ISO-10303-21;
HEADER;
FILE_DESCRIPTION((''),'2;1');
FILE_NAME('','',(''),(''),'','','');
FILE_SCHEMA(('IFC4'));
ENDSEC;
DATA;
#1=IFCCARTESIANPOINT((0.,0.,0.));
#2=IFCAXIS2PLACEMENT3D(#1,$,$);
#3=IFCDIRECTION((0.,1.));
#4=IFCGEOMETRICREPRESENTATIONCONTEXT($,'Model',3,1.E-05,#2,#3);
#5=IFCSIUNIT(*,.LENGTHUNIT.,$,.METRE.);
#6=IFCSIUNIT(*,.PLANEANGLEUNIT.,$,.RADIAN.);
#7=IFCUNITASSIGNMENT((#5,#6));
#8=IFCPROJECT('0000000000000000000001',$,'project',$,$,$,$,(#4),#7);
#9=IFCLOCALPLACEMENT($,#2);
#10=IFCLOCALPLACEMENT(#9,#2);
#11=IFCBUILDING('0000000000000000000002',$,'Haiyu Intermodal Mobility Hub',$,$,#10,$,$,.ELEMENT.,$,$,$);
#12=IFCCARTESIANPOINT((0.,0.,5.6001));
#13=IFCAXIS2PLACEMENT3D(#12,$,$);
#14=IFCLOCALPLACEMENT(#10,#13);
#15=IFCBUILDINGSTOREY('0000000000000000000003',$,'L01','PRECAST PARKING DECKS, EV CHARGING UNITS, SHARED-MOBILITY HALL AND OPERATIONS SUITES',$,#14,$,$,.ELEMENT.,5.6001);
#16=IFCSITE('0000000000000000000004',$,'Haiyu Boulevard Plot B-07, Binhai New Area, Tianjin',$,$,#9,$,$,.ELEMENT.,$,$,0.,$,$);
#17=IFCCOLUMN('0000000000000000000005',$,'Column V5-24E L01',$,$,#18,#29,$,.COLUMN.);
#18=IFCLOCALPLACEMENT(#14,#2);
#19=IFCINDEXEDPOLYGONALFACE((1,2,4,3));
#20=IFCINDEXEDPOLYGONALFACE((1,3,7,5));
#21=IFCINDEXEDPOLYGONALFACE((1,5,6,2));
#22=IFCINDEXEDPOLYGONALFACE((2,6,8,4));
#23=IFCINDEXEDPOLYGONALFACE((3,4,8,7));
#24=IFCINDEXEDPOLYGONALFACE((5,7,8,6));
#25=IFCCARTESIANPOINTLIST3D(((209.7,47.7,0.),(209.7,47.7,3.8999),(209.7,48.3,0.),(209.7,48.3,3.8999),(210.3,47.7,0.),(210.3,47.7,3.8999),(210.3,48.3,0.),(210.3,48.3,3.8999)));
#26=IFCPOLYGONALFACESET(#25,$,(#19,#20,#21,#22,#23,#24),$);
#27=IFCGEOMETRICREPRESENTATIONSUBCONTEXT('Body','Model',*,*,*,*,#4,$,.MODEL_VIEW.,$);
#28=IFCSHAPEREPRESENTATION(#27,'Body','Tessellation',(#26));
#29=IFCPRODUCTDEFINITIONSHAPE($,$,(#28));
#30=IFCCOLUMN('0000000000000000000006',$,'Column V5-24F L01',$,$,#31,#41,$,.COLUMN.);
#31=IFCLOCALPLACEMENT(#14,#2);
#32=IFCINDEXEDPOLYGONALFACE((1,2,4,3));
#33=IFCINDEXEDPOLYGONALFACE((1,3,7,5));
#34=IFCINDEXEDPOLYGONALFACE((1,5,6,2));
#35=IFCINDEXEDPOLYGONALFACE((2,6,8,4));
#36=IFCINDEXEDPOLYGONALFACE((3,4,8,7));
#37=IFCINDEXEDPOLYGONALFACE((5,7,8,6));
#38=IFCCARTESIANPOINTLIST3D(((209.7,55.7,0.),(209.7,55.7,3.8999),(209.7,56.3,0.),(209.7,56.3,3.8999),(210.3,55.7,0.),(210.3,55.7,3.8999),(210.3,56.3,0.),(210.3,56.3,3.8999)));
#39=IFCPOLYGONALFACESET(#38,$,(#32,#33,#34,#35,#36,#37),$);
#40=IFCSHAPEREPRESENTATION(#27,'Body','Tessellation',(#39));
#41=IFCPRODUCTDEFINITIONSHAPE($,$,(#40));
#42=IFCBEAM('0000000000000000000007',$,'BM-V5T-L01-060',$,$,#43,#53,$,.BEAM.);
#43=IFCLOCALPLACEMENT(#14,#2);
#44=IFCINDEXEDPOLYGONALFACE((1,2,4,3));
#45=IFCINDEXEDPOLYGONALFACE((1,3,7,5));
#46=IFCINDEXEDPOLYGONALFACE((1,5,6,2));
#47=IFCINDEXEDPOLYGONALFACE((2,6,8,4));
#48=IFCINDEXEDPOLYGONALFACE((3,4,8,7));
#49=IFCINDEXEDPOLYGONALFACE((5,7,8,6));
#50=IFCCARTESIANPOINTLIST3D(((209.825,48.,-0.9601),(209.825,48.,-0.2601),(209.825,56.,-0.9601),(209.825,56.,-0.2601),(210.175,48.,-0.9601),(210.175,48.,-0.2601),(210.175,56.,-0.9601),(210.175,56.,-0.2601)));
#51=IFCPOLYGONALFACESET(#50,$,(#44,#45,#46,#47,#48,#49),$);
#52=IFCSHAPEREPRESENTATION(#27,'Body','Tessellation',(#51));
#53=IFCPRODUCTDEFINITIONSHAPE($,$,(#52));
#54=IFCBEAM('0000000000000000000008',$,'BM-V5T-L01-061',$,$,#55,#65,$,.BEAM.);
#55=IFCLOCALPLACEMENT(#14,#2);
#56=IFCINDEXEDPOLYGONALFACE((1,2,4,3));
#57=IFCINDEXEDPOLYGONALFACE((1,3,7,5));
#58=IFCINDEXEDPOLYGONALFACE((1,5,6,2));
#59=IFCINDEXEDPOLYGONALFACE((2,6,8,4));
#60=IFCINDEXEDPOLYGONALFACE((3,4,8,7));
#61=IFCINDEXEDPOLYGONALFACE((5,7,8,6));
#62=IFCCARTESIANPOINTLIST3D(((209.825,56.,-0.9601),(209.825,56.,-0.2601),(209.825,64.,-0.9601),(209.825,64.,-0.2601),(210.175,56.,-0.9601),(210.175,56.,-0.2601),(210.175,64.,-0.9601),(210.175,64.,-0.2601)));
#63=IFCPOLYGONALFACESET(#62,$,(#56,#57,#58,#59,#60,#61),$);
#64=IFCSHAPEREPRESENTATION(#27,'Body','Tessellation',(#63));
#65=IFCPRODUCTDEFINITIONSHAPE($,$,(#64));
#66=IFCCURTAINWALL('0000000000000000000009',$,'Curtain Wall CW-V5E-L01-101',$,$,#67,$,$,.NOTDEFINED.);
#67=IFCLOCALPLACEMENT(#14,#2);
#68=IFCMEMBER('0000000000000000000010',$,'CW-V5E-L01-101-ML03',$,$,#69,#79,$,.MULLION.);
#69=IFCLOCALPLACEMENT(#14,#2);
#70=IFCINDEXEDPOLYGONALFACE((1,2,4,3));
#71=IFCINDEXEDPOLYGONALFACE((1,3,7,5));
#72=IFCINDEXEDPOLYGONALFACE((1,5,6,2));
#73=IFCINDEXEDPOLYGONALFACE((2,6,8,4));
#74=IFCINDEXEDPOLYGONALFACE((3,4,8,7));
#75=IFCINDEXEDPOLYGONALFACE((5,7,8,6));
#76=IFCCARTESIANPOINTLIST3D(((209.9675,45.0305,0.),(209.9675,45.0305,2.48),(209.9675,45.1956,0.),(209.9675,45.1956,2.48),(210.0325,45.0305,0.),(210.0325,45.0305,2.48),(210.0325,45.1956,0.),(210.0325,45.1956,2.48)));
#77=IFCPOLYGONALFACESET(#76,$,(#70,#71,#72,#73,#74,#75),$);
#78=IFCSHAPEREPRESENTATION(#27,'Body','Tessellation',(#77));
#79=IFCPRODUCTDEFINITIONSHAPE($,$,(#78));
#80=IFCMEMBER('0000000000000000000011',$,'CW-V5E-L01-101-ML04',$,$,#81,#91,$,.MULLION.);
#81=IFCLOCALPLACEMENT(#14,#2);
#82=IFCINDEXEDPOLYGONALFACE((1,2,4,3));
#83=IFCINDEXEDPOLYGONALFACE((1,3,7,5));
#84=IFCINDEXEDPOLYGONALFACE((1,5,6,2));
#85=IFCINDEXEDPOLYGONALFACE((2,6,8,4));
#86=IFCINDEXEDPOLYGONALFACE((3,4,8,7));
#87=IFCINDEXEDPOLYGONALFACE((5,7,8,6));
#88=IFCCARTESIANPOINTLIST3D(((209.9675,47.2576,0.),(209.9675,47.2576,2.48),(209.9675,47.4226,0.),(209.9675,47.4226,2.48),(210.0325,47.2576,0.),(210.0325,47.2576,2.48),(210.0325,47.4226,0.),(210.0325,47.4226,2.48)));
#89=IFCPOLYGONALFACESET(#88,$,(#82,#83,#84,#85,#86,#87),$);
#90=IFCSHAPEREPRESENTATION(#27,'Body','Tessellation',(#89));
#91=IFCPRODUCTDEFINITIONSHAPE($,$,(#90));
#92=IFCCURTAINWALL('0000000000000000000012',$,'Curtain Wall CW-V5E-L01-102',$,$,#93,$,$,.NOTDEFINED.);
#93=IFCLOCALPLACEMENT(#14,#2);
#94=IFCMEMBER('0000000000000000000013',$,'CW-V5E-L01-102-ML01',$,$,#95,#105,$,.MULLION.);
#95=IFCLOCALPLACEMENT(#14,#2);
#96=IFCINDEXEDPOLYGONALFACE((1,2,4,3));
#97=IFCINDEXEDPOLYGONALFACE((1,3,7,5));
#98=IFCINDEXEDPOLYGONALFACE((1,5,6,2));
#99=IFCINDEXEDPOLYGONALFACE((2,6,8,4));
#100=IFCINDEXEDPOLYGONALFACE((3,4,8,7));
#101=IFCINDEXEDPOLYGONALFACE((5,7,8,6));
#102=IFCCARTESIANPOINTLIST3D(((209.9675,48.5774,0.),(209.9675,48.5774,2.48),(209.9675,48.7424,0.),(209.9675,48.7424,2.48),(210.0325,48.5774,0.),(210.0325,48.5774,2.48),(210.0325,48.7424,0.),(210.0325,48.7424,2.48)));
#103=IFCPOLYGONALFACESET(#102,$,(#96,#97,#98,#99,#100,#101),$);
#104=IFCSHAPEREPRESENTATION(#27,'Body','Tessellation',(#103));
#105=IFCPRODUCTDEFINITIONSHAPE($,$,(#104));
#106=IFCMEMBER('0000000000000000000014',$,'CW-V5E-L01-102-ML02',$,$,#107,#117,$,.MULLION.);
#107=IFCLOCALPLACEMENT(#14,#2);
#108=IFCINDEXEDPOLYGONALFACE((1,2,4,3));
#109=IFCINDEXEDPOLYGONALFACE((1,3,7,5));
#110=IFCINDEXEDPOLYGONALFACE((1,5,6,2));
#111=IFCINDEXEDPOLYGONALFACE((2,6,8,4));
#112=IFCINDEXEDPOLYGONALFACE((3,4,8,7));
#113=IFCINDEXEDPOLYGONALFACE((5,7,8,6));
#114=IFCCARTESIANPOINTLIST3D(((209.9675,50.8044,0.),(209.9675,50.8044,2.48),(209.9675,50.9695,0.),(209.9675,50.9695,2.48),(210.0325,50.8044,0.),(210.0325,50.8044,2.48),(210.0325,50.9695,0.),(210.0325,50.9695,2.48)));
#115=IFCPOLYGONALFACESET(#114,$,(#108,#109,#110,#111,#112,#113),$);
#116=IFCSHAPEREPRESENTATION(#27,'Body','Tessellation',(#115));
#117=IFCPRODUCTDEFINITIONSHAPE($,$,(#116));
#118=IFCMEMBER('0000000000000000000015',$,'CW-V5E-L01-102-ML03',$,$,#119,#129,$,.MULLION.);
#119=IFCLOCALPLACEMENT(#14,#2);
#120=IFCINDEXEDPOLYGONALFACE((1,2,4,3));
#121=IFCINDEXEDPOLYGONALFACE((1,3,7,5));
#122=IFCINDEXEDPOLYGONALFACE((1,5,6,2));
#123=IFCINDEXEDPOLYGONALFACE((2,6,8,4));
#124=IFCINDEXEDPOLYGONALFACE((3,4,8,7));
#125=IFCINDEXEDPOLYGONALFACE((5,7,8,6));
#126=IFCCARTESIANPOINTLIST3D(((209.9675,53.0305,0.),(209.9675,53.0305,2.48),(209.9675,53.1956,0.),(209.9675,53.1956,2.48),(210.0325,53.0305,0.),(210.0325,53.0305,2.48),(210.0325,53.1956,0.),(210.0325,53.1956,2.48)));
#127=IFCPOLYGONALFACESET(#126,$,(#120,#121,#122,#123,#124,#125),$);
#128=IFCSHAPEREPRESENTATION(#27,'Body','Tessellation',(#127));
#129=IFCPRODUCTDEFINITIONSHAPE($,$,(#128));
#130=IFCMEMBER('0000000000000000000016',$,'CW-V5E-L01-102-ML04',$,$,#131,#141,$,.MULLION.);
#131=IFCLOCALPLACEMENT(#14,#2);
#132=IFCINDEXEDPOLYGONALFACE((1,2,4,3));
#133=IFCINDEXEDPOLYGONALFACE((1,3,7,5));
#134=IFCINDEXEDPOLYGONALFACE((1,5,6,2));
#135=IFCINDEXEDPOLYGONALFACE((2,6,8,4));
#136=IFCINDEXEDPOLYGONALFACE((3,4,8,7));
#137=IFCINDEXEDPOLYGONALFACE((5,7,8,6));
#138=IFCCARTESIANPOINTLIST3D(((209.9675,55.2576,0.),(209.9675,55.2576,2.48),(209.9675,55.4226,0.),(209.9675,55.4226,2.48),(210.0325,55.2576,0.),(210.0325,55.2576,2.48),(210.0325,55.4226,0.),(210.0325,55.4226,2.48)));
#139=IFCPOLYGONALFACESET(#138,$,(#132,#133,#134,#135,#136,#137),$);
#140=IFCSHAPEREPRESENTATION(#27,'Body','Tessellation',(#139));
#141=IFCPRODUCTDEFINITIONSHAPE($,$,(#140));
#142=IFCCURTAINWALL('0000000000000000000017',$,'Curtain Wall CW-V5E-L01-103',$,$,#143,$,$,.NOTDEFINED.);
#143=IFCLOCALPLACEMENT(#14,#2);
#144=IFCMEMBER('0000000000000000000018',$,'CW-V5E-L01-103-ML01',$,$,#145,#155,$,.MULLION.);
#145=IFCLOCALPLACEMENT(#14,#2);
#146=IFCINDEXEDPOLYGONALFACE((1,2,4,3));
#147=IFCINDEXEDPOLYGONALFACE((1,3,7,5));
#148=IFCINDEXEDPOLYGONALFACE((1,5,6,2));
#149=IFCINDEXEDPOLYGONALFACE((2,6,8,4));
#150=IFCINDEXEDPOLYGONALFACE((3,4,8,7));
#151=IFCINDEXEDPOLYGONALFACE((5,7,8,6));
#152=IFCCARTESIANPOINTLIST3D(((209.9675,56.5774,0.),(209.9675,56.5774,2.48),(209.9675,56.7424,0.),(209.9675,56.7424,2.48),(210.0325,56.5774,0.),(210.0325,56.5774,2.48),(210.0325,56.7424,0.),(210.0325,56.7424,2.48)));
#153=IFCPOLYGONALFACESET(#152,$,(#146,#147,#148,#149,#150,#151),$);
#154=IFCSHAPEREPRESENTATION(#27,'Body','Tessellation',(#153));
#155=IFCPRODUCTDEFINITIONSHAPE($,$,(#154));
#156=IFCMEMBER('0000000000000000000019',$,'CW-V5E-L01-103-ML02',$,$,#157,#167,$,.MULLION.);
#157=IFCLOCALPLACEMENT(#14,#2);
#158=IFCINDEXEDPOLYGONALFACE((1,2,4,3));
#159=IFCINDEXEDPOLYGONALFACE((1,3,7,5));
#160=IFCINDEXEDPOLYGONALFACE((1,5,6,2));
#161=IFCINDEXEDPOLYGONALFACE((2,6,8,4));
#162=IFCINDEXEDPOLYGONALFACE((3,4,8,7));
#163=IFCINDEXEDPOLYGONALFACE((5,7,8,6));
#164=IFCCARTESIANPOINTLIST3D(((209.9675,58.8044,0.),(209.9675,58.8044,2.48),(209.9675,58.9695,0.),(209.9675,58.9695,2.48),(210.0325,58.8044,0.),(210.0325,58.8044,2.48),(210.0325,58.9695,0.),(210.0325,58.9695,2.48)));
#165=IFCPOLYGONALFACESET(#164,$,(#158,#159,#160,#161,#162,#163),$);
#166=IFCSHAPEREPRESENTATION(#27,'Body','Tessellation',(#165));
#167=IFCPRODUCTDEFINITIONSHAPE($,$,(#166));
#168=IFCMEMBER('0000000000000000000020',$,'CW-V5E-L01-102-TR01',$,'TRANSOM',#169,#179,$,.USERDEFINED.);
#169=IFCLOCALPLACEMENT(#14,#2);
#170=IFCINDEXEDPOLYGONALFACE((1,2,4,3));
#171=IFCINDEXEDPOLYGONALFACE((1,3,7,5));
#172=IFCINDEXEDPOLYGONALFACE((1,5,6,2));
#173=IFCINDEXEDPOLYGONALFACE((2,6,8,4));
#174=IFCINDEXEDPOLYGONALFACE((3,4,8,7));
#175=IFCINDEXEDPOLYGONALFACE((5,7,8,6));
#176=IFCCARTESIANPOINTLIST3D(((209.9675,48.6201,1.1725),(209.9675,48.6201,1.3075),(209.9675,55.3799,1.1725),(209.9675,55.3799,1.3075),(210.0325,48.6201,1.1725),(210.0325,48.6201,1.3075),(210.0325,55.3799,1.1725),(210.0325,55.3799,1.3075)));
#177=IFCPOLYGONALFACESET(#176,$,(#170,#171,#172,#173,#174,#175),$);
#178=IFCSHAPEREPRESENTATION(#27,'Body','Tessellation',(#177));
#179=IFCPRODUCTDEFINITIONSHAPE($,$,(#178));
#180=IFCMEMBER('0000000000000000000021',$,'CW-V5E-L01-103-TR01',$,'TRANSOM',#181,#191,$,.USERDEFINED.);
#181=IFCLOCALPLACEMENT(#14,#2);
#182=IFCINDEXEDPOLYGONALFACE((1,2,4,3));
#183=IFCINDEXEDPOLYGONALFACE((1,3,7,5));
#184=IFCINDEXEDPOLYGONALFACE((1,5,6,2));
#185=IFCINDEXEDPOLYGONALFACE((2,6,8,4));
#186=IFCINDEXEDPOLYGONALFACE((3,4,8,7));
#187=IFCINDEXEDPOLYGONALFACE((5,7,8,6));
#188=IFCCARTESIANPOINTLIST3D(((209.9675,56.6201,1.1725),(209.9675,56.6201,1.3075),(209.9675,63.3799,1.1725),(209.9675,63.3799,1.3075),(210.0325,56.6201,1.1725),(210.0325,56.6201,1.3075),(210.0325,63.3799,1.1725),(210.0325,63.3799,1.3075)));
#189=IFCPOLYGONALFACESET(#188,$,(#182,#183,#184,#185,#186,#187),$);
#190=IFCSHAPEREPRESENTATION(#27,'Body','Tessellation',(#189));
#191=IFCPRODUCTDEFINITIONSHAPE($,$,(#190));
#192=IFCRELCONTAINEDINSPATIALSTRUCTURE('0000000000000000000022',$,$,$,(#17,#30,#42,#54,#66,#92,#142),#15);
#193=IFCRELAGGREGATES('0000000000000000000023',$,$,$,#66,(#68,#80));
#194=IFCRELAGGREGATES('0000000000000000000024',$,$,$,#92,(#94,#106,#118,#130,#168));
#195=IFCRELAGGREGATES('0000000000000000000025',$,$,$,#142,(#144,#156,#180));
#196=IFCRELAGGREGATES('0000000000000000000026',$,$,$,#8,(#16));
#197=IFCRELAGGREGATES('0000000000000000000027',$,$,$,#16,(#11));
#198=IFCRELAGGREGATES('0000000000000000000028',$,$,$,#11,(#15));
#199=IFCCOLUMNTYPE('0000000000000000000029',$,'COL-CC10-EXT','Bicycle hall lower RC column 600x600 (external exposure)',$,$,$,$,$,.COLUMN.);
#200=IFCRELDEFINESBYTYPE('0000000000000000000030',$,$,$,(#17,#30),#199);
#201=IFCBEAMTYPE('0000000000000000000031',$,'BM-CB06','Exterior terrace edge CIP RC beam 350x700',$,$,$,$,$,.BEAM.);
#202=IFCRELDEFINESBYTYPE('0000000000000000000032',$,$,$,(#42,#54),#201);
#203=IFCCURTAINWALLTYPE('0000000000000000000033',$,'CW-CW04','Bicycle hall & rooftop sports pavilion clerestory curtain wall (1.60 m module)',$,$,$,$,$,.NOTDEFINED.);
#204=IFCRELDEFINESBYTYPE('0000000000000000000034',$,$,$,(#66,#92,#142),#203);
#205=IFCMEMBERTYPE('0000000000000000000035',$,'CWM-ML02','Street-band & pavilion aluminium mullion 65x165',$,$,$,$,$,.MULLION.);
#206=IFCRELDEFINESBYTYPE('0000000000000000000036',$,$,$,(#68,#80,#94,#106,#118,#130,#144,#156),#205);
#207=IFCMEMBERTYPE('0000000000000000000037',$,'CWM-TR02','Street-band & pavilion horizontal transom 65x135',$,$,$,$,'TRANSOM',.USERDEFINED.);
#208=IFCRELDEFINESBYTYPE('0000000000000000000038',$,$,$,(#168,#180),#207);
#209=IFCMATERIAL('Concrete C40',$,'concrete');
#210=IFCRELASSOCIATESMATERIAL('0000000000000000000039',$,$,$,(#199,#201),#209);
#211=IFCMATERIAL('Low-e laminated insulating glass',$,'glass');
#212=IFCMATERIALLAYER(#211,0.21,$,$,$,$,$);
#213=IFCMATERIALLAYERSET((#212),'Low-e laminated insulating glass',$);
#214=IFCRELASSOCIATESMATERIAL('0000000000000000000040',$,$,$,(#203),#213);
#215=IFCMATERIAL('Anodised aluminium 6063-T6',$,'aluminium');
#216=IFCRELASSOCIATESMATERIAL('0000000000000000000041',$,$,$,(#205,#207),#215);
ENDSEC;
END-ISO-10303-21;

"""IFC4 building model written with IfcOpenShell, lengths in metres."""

from ifc_helpers import new_model, si_unit, direction, frame, origin, origin_2d, place, context, subcontext, project, spatial, rectangle, extrude, material, layer, layer_set, material_profile, profile_set, type_object, element, aggregate, save


model = new_model("IFC4")

# Units and contexts
model_context = context("Model", 3, precision=1e-05, world=origin(), true_north=direction((0.0, 1.0)))
body_context = subcontext(model_context, "Body", "Model", "MODEL_VIEW")
ifc_project = project(units=[si_unit("LENGTHUNIT", "METRE"), si_unit("PLANEANGLEUNIT", "RADIAN")], contexts=[model_context])

# Site, building, storey
site_placement = place(None, origin())
site = spatial("IfcSite", under=ifc_project, at=site_placement, Name="Haiyu Boulevard Plot B-07, Binhai New Area, Tianjin", CompositionType="ELEMENT", RefElevation=0.0)
building_placement = place(site_placement, origin())
building = spatial("IfcBuilding", under=site, at=building_placement, Name="Haiyu Intermodal Mobility Hub", CompositionType="ELEMENT")
storey_placement = place(building_placement, frame((0.0, 0.0, 5.6001)))
storey = spatial("IfcBuildingStorey", under=building, at=storey_placement, Name="L01", Description="PRECAST PARKING DECKS, EV CHARGING UNITS, SHARED-MOBILITY HALL AND OPERATIONS SUITES", CompositionType="ELEMENT", Elevation=5.6001)

# Columns
ifc_material_1 = material(Name="Concrete C40", Category="concrete")
ifc_material_profile_1 = material_profile(ifc_material_1, rectangle(XDim=0.6001, YDim=0.6001, at=origin_2d()), Name="RC600x600")
ifc_profile_set_1 = profile_set([ifc_material_profile_1], Name="Concrete C40")
column_type = type_object("IfcColumnType", Name="COL-CC10-EXT", Description="Bicycle hall lower RC column 600x600 (external exposure)", PredefinedType="COLUMN", material=ifc_profile_set_1)
for number, where, z_axis, x_axis, name in (
    (1, (210.0, 48.0, 0.0), (0.0, 0.0, 1.0), (1.0, 0.0, 0.0), "Column V5-24E L01"),
    (2, (210.0, 56.0, 0.0), (0.0, 0.0, 1.0), (1.0, 0.0, 0.0), "Column V5-24F L01"),
):
    element("IfcColumn", number, at=place(storey_placement, frame(where, z_axis=z_axis, x_axis=x_axis)), inside=storey, type_object=column_type, Name=name, PredefinedType="COLUMN", context=body_context, shape_type="SweptSolid", body=[
        extrude(rectangle(XDim=0.6001, YDim=0.6001, at=origin_2d()), origin(), (0.0, 0.0, 1.0), 3.8999),
    ])

# Beams
ifc_material_profile_2 = material_profile(ifc_material_1, rectangle(XDim=0.3501, YDim=0.7, at=origin_2d()), Name="RCB350x700")
ifc_profile_set_2 = profile_set([ifc_material_profile_2], Name="Concrete C40")
beam_type = type_object("IfcBeamType", Name="BM-CB06", Description="Exterior terrace edge CIP RC beam 350x700", PredefinedType="BEAM", material=ifc_profile_set_2)
for number, where, z_axis, x_axis, name in (
    (3, (210.0, 48.0, -0.6101), (0.0, 1.0, 0.0), (-1.0, 0.0, 0.0), "BM-V5T-L01-060"),
    (4, (210.0, 56.0, -0.6101), (0.0, 1.0, 0.0), (-1.0, 0.0, 0.0), "BM-V5T-L01-061"),
):
    element("IfcBeam", number, at=place(storey_placement, frame(where, z_axis=z_axis, x_axis=x_axis)), inside=storey, type_object=beam_type, Name=name, PredefinedType="BEAM", context=body_context, shape_type="SweptSolid", body=[
        extrude(rectangle(XDim=0.3501, YDim=0.7, at=origin_2d()), origin(), (0.0, 0.0, 1.0), 8.0),
    ])

# Curtain walls, members
ifc_material_2 = material(Name="Low-e laminated insulating glass", Category="glass")
ifc_layer_1 = layer(ifc_material_2, 0.21)
ifc_layer_set_1 = layer_set([ifc_layer_1], Name="Low-e laminated insulating glass")
curtain_wall_type = type_object("IfcCurtainWallType", Name="CW-CW04", Description="Bicycle hall & rooftop sports pavilion clerestory curtain wall (1.60 m module)", PredefinedType="NOTDEFINED", material=ifc_layer_set_1)
curtain_wall_1_placement = place(storey_placement, origin())
curtain_wall_1 = element("IfcCurtainWall", 5, at=curtain_wall_1_placement, inside=storey, type_object=curtain_wall_type, Name="Curtain Wall CW-V5E-L01-101", PredefinedType="NOTDEFINED")
ifc_material_3 = material(Name="Anodised aluminium 6063-T6", Category="aluminium")
ifc_material_profile_3 = material_profile(ifc_material_3, rectangle(XDim=0.0649, YDim=0.165, at=origin_2d()), Name="ALU65x165")
ifc_profile_set_3 = profile_set([ifc_material_profile_3], Name="Anodised aluminium 6063-T6")
member_type_1 = type_object("IfcMemberType", Name="CWM-ML02", Description="Street-band & pavilion aluminium mullion 65x165", PredefinedType="MULLION", material=ifc_profile_set_3)
member_1_placement = place(storey_placement, frame((210.0, 45.113, 0.0), z_axis=(0.0, 0.0, 1.0), x_axis=(1.0, 0.0, 0.0)))
member_1 = element("IfcMember", 6, at=member_1_placement, type_object=member_type_1, Name="CW-V5E-L01-101-ML03", PredefinedType="MULLION", context=body_context, shape_type="SweptSolid", body=[
    extrude(rectangle(XDim=0.0649, YDim=0.165, at=origin_2d()), origin(), (0.0, 0.0, 1.0), 2.48),
])
member_2_placement = place(storey_placement, frame((210.0, 47.3401, 0.0), z_axis=(0.0, 0.0, 1.0), x_axis=(1.0, 0.0, 0.0)))
member_2 = element("IfcMember", 7, at=member_2_placement, type_object=member_type_1, Name="CW-V5E-L01-101-ML04", PredefinedType="MULLION", context=body_context, shape_type="SweptSolid", body=[
    extrude(rectangle(XDim=0.0649, YDim=0.165, at=origin_2d()), origin(), (0.0, 0.0, 1.0), 2.48),
])
curtain_wall_2_placement = place(storey_placement, origin())
curtain_wall_2 = element("IfcCurtainWall", 8, at=curtain_wall_2_placement, inside=storey, type_object=curtain_wall_type, Name="Curtain Wall CW-V5E-L01-102", PredefinedType="NOTDEFINED")
member_3_placement = place(storey_placement, frame((210.0, 48.6599, 0.0), z_axis=(0.0, 0.0, 1.0), x_axis=(1.0, 0.0, 0.0)))
member_3 = element("IfcMember", 9, at=member_3_placement, type_object=member_type_1, Name="CW-V5E-L01-102-ML01", PredefinedType="MULLION", context=body_context, shape_type="SweptSolid", body=[
    extrude(rectangle(XDim=0.0649, YDim=0.165, at=origin_2d()), origin(), (0.0, 0.0, 1.0), 2.48),
])
member_4_placement = place(storey_placement, frame((210.0, 50.887, 0.0), z_axis=(0.0, 0.0, 1.0), x_axis=(1.0, 0.0, 0.0)))
member_4 = element("IfcMember", 10, at=member_4_placement, type_object=member_type_1, Name="CW-V5E-L01-102-ML02", PredefinedType="MULLION", context=body_context, shape_type="SweptSolid", body=[
    extrude(rectangle(XDim=0.0649, YDim=0.165, at=origin_2d()), origin(), (0.0, 0.0, 1.0), 2.48),
])
member_5_placement = place(storey_placement, frame((210.0, 53.113, 0.0), z_axis=(0.0, 0.0, 1.0), x_axis=(1.0, 0.0, 0.0)))
member_5 = element("IfcMember", 11, at=member_5_placement, type_object=member_type_1, Name="CW-V5E-L01-102-ML03", PredefinedType="MULLION", context=body_context, shape_type="SweptSolid", body=[
    extrude(rectangle(XDim=0.0649, YDim=0.165, at=origin_2d()), origin(), (0.0, 0.0, 1.0), 2.48),
])
member_6_placement = place(storey_placement, frame((210.0, 55.3401, 0.0), z_axis=(0.0, 0.0, 1.0), x_axis=(1.0, 0.0, 0.0)))
member_6 = element("IfcMember", 12, at=member_6_placement, type_object=member_type_1, Name="CW-V5E-L01-102-ML04", PredefinedType="MULLION", context=body_context, shape_type="SweptSolid", body=[
    extrude(rectangle(XDim=0.0649, YDim=0.165, at=origin_2d()), origin(), (0.0, 0.0, 1.0), 2.48),
])
curtain_wall_3_placement = place(storey_placement, origin())
curtain_wall_3 = element("IfcCurtainWall", 13, at=curtain_wall_3_placement, inside=storey, type_object=curtain_wall_type, Name="Curtain Wall CW-V5E-L01-103", PredefinedType="NOTDEFINED")
member_7_placement = place(storey_placement, frame((210.0, 56.6599, 0.0), z_axis=(0.0, 0.0, 1.0), x_axis=(1.0, 0.0, 0.0)))
member_7 = element("IfcMember", 14, at=member_7_placement, type_object=member_type_1, Name="CW-V5E-L01-103-ML01", PredefinedType="MULLION", context=body_context, shape_type="SweptSolid", body=[
    extrude(rectangle(XDim=0.0649, YDim=0.165, at=origin_2d()), origin(), (0.0, 0.0, 1.0), 2.48),
])
member_8_placement = place(storey_placement, frame((210.0, 58.887, 0.0), z_axis=(0.0, 0.0, 1.0), x_axis=(1.0, 0.0, 0.0)))
member_8 = element("IfcMember", 15, at=member_8_placement, type_object=member_type_1, Name="CW-V5E-L01-103-ML02", PredefinedType="MULLION", context=body_context, shape_type="SweptSolid", body=[
    extrude(rectangle(XDim=0.0649, YDim=0.165, at=origin_2d()), origin(), (0.0, 0.0, 1.0), 2.48),
])

# Members
ifc_material_profile_4 = material_profile(ifc_material_3, rectangle(XDim=0.0649, YDim=0.135, at=origin_2d()), Name="ALU65x135")
ifc_profile_set_4 = profile_set([ifc_material_profile_4], Name="Anodised aluminium 6063-T6")
member_type_2 = type_object("IfcMemberType", Name="CWM-TR02", Description="Street-band & pavilion horizontal transom 65x135", ElementType="TRANSOM", PredefinedType="USERDEFINED", material=ifc_profile_set_4)
member_9_placement = place(storey_placement, frame((210.0, 48.6201, 1.24), z_axis=(0.0, 1.0, 0.0), x_axis=(-1.0, 0.0, 0.0)))
member_9 = element("IfcMember", 16, at=member_9_placement, type_object=member_type_2, Name="CW-V5E-L01-102-TR01", ObjectType="TRANSOM", PredefinedType="USERDEFINED", context=body_context, shape_type="SweptSolid", body=[
    extrude(rectangle(XDim=0.0649, YDim=0.135, at=origin_2d()), origin(), (0.0, 0.0, 1.0), 6.7598),
])
member_10_placement = place(storey_placement, frame((210.0, 56.6201, 1.24), z_axis=(0.0, 1.0, 0.0), x_axis=(-1.0, 0.0, 0.0)))
member_10 = element("IfcMember", 17, at=member_10_placement, type_object=member_type_2, Name="CW-V5E-L01-103-TR01", ObjectType="TRANSOM", PredefinedType="USERDEFINED", context=body_context, shape_type="SweptSolid", body=[
    extrude(rectangle(XDim=0.0649, YDim=0.135, at=origin_2d()), origin(), (0.0, 0.0, 1.0), 6.7598),
])

aggregate(curtain_wall_1, [member_1, member_2])
aggregate(curtain_wall_2, [member_3, member_4, member_5, member_6, member_9])
aggregate(curtain_wall_3, [member_7, member_8, member_10])

save(model, "model.ifc")
